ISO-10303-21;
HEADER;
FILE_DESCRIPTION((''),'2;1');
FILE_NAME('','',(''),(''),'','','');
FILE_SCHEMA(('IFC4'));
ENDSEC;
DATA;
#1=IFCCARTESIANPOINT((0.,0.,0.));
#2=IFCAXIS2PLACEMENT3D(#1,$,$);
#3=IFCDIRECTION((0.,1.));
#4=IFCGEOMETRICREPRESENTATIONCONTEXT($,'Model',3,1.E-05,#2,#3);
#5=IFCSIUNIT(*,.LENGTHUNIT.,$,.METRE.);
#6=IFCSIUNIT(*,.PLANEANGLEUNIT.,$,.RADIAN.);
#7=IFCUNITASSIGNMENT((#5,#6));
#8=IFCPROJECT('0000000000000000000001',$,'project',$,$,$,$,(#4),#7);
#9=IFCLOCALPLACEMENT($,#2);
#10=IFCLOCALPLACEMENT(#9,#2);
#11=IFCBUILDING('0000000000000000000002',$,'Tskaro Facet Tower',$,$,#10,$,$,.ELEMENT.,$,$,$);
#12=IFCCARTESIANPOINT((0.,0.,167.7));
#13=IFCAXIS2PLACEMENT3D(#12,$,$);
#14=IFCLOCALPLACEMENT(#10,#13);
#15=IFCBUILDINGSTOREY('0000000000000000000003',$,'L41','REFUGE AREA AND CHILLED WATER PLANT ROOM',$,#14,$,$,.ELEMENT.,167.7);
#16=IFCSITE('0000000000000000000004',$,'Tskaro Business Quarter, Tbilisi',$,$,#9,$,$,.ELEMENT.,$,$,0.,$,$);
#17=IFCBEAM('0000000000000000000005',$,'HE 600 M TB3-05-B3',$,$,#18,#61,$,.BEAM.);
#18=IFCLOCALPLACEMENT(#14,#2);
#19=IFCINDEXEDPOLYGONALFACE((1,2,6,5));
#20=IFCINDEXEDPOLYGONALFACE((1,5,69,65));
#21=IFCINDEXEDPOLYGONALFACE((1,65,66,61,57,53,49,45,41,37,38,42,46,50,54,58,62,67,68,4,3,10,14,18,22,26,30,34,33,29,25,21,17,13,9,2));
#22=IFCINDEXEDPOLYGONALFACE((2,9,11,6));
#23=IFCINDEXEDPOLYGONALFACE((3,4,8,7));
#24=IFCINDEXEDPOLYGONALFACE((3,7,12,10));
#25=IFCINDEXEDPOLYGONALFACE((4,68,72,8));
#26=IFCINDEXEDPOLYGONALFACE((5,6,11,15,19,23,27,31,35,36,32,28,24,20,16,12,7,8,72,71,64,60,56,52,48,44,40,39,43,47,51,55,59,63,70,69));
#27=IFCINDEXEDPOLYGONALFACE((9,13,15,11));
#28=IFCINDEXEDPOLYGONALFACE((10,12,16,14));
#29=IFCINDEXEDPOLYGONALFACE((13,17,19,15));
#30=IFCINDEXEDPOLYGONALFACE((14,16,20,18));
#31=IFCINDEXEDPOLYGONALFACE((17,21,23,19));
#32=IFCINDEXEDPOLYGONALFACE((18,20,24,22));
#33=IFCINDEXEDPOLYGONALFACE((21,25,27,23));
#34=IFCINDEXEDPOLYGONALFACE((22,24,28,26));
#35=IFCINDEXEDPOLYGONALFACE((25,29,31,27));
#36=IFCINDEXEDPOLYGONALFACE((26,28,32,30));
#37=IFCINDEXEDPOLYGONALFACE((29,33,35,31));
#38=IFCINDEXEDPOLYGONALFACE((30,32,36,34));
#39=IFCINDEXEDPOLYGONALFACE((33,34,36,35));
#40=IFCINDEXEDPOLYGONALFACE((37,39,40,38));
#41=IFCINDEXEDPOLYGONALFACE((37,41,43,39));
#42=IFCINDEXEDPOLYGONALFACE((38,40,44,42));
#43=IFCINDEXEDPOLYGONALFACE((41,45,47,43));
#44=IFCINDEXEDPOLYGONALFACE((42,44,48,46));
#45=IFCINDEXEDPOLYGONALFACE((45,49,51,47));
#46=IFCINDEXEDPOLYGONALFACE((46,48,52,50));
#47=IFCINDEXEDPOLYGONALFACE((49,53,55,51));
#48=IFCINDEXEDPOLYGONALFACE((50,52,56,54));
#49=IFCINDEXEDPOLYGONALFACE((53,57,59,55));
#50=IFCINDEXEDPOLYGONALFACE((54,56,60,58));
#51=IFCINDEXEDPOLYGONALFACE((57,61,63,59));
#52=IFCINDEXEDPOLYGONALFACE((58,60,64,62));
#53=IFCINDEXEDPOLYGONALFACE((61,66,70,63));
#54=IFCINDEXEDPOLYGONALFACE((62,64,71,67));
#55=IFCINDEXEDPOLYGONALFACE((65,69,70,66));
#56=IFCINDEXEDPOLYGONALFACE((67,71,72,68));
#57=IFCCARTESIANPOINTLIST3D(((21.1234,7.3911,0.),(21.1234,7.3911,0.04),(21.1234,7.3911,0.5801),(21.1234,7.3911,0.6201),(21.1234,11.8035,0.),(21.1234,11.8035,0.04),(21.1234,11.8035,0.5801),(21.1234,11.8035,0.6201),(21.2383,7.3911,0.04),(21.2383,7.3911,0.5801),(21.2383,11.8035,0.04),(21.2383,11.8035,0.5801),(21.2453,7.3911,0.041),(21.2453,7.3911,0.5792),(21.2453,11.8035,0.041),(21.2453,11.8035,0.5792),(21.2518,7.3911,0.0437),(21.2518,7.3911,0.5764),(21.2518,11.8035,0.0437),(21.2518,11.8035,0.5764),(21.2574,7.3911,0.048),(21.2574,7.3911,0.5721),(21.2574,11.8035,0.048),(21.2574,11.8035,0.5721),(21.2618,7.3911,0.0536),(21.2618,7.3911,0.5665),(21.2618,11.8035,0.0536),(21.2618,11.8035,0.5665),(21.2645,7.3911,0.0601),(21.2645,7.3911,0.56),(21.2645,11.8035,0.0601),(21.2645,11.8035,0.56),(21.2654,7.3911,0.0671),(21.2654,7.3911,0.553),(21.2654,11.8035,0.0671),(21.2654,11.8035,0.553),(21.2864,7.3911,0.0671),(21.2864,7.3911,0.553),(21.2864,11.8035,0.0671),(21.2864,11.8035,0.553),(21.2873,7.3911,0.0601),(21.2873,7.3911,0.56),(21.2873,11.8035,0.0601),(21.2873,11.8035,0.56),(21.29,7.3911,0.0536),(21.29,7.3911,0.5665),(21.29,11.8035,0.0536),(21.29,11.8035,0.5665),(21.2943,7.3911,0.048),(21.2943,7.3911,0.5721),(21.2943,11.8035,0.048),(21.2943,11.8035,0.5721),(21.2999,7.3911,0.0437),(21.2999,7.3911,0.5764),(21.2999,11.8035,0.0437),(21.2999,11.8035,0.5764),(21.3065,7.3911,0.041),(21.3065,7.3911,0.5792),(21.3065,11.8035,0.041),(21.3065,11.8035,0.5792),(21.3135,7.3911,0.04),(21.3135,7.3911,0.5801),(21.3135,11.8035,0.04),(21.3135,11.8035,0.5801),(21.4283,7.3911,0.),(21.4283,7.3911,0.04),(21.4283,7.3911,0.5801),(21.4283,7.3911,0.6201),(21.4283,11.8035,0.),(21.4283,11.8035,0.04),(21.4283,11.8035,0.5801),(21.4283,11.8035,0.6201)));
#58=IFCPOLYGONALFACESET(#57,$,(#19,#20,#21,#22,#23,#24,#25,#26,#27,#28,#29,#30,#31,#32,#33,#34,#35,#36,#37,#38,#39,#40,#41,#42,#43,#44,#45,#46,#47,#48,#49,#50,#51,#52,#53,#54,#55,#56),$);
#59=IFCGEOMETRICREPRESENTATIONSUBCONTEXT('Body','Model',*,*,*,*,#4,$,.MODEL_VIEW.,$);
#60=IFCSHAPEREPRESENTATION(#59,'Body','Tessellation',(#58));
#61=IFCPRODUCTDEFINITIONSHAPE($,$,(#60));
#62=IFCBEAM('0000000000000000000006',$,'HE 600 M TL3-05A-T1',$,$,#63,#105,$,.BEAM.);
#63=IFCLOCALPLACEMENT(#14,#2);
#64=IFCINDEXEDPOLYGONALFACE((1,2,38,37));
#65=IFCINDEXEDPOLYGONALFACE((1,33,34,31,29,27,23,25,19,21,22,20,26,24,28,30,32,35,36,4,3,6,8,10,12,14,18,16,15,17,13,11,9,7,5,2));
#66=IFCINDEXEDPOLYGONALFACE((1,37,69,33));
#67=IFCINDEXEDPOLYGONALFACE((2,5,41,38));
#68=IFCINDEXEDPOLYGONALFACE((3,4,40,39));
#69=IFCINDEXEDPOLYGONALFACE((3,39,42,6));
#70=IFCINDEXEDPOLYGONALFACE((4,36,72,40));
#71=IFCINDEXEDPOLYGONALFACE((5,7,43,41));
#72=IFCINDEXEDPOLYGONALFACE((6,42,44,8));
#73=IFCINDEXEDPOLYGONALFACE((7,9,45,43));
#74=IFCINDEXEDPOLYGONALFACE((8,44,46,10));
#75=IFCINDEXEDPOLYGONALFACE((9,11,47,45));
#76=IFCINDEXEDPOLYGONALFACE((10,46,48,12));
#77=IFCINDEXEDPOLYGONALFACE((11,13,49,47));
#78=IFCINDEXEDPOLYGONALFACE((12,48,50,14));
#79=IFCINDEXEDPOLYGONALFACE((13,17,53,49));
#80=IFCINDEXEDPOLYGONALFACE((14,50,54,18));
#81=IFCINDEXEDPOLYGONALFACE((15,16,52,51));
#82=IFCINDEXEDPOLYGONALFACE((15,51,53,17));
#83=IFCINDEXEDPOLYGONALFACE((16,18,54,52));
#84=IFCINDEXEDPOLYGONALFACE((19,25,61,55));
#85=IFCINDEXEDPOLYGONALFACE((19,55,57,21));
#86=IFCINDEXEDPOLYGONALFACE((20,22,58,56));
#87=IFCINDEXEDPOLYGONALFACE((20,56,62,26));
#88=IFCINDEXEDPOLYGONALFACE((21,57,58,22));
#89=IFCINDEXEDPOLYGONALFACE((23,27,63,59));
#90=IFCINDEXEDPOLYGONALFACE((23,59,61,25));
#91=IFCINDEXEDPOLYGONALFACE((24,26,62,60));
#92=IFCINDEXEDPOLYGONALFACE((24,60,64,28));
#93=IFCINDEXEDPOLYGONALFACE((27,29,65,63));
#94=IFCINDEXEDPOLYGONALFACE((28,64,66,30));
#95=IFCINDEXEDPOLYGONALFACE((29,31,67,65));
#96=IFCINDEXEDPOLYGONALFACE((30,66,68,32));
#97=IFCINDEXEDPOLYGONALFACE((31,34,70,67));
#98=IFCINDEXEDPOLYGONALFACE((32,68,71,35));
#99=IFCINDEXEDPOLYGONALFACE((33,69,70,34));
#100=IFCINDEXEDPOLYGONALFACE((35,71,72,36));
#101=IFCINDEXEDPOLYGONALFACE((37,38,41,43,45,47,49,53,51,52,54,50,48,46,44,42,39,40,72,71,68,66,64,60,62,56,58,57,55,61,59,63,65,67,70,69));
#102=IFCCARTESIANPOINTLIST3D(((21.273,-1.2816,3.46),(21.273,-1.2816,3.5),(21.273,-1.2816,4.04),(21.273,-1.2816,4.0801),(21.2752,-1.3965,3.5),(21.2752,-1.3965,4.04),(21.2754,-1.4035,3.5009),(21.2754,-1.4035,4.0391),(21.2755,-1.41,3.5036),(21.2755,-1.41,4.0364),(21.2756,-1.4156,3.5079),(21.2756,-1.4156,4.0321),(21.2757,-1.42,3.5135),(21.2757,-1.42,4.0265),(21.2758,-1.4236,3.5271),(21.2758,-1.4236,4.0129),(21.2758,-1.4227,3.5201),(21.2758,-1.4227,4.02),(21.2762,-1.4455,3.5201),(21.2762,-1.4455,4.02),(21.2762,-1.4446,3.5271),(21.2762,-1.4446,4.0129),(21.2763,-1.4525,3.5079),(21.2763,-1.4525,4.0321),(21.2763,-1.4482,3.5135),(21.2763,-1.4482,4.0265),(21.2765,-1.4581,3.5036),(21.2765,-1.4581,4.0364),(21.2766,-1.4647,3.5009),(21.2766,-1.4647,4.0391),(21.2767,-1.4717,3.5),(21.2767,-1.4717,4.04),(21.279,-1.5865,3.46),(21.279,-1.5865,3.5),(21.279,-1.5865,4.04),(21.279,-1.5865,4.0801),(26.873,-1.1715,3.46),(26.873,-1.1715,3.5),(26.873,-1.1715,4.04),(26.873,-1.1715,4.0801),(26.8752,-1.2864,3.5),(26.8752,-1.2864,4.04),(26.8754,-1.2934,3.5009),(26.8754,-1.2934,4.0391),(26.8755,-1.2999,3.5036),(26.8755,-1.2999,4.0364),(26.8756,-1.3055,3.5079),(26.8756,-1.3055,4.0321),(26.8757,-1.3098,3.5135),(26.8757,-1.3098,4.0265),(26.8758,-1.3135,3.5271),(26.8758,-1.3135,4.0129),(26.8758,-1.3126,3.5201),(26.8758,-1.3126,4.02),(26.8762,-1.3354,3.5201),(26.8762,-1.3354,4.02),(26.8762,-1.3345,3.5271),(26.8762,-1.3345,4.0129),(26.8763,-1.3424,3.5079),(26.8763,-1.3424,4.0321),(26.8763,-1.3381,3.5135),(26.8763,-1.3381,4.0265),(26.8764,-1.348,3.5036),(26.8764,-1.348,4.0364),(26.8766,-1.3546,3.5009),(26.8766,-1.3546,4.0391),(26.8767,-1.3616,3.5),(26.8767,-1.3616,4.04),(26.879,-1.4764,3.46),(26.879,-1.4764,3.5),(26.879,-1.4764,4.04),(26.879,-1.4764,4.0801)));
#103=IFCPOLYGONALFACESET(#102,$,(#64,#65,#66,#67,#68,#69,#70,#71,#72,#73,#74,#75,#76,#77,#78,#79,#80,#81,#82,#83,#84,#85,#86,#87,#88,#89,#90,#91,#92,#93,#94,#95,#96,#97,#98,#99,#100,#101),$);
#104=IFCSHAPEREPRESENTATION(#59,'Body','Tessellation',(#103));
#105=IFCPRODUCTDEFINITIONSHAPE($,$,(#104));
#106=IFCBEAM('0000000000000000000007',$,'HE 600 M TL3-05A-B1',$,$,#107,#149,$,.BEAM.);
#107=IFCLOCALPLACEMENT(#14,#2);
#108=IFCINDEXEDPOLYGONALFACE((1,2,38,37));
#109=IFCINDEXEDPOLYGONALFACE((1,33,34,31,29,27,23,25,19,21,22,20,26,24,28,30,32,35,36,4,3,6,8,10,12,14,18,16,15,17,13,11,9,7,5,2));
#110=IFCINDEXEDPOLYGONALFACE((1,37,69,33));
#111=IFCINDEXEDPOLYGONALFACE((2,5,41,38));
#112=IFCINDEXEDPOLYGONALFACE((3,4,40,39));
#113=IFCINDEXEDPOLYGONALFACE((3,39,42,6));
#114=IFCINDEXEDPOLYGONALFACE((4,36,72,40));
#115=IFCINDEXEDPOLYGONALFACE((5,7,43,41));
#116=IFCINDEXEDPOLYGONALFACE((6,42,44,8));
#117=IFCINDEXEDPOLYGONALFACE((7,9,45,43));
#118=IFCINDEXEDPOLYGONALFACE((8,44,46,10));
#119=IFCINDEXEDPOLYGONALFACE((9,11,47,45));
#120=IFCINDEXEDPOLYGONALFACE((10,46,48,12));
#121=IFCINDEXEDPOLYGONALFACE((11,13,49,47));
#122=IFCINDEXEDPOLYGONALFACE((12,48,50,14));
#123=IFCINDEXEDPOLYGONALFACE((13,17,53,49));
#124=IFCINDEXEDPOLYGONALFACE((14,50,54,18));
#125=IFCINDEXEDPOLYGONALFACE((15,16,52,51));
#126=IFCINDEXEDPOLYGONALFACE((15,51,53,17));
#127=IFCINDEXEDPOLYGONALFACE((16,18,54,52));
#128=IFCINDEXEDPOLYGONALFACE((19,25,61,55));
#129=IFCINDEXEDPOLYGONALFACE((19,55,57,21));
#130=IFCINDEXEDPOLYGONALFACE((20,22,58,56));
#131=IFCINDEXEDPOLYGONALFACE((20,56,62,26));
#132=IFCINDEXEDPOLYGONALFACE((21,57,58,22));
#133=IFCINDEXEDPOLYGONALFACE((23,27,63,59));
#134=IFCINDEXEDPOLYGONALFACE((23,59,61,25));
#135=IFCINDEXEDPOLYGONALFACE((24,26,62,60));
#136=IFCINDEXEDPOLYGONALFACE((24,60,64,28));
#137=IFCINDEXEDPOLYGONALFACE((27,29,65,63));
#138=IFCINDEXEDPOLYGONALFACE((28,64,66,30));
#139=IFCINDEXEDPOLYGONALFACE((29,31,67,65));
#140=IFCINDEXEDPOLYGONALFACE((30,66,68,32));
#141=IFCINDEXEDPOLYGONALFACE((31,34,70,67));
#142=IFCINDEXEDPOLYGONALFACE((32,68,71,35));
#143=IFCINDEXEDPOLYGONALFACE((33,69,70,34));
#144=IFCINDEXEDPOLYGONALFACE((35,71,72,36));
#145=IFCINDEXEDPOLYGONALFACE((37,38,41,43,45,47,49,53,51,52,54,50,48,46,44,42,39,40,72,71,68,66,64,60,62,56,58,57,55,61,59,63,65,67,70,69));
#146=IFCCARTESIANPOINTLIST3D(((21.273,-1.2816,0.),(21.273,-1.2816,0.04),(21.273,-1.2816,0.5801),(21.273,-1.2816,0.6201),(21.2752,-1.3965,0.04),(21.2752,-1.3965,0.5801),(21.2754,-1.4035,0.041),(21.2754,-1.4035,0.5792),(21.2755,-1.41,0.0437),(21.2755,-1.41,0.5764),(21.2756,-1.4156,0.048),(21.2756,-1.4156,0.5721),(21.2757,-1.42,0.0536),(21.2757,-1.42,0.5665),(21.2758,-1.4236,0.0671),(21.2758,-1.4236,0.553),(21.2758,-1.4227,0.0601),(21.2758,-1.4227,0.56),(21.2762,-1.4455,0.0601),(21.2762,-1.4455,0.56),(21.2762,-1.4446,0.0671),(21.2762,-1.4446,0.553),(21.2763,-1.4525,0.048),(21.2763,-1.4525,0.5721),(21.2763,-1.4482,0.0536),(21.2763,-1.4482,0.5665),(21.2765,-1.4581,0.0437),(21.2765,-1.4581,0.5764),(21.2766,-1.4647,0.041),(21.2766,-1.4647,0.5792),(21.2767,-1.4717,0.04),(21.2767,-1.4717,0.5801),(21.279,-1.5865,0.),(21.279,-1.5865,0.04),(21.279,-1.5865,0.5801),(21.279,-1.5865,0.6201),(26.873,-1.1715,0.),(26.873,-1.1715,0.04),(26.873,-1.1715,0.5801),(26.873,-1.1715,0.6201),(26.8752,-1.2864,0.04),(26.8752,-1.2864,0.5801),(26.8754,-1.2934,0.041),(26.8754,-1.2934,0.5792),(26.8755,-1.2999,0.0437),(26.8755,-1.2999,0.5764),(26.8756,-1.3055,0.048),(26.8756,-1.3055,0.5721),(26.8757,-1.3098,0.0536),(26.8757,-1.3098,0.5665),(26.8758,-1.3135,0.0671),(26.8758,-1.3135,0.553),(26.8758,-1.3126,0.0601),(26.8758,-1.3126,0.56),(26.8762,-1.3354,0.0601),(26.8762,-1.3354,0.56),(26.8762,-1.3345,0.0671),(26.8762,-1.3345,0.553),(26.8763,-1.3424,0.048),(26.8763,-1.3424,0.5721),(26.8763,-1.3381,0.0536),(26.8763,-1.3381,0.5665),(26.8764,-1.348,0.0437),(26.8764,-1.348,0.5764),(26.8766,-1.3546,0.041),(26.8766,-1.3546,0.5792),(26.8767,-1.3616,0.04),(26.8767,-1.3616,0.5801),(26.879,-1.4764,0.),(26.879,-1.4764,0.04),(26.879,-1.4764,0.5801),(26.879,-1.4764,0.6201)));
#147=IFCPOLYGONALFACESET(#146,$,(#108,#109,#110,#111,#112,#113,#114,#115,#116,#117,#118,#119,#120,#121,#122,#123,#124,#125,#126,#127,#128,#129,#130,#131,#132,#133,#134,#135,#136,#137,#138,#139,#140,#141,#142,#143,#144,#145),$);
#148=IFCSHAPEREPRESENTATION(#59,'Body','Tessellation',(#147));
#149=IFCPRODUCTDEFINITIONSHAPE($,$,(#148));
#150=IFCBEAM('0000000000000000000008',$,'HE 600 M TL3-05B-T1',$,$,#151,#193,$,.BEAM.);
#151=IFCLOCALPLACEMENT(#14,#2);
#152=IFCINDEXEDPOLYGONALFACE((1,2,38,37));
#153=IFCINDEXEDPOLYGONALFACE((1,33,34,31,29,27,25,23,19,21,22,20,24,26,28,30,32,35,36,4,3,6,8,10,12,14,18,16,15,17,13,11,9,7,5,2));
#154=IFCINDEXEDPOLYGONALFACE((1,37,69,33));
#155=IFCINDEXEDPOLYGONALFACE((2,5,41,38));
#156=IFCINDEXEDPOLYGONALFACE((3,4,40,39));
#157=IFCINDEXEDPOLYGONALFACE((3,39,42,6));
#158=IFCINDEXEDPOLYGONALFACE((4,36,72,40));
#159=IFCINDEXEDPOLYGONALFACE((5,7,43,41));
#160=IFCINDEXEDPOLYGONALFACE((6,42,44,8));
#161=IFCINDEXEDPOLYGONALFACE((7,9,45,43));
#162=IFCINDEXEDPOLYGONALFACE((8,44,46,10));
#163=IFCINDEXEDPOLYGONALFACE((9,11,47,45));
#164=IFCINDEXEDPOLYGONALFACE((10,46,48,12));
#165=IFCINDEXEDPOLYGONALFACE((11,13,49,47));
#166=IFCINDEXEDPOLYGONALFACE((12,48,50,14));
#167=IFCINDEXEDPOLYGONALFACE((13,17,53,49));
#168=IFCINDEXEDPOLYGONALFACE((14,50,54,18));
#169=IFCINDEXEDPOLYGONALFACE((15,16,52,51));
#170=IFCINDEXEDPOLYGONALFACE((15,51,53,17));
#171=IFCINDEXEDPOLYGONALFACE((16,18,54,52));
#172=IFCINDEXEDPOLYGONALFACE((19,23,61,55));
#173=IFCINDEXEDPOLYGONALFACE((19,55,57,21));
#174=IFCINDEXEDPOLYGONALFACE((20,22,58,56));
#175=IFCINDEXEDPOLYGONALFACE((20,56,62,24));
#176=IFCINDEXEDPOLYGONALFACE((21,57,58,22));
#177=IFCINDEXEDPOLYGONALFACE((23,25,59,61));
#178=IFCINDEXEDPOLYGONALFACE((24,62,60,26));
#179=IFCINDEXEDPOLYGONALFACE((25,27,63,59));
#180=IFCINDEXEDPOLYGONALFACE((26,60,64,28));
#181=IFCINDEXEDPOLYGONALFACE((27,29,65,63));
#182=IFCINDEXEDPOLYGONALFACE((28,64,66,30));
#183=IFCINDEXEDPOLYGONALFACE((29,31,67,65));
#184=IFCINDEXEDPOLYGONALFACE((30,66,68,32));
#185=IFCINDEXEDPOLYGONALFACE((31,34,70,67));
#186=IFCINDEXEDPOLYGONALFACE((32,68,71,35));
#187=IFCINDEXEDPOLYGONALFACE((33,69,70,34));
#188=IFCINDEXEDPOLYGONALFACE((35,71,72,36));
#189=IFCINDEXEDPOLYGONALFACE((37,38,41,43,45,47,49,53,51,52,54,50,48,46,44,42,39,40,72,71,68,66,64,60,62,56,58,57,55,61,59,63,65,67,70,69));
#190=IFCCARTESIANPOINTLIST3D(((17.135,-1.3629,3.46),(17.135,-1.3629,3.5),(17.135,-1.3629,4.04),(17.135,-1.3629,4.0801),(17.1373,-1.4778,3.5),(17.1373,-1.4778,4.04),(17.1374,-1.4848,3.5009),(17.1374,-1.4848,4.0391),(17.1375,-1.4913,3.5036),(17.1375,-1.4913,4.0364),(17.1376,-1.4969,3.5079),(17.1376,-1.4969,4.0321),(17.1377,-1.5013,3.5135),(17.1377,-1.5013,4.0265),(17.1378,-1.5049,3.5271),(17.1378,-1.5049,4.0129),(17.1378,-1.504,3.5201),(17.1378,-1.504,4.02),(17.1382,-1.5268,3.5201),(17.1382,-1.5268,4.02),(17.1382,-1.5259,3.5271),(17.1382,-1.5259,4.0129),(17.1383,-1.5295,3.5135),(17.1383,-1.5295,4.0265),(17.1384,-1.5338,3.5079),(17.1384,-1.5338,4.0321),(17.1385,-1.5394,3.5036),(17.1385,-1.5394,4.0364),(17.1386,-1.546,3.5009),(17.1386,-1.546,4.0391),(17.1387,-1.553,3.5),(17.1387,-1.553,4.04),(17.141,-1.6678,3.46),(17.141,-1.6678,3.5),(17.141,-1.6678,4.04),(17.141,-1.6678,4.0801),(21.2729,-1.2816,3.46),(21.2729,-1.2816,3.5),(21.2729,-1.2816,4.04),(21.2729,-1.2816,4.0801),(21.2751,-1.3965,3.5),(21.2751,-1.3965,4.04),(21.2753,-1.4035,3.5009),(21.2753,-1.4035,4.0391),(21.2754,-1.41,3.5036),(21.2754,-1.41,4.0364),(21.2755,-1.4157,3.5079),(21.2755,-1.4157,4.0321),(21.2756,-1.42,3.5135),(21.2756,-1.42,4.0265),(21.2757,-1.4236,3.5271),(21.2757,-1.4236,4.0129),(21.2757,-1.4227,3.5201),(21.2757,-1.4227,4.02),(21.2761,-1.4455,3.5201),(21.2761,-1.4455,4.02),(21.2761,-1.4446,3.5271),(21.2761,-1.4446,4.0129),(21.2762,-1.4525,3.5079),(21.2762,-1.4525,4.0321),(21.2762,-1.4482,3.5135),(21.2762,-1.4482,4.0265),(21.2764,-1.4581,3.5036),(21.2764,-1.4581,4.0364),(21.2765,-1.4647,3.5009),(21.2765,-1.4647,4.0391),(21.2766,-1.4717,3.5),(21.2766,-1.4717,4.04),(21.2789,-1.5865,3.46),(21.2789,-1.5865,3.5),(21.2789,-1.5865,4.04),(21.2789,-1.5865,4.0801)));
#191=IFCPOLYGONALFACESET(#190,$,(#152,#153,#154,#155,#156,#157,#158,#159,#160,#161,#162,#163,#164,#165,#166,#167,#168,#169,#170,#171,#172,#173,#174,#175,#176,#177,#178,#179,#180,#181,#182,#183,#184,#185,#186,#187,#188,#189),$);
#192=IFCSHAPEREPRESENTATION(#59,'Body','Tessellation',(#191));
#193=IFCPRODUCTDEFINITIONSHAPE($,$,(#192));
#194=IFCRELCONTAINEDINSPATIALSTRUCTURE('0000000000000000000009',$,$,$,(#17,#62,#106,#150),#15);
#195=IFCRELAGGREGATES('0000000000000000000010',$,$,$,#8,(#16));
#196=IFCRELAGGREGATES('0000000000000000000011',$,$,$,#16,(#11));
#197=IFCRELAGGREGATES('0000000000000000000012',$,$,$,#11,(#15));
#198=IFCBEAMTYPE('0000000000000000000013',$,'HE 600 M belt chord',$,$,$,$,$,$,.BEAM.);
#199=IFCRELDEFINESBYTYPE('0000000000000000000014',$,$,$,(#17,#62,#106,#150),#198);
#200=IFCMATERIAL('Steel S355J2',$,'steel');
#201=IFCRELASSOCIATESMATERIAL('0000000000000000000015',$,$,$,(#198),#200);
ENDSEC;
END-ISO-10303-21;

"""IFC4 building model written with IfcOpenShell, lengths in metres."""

from ifc_helpers import new_model, si_unit, direction, frame, origin, origin_2d, place, context, subcontext, project, spatial, i_section, extrude, material, material_profile, profile_set, type_object, element, save


model = new_model("IFC4")

# Units and contexts
model_context = context("Model", 3, precision=1e-05, world=origin(), true_north=direction((0.0, 1.0)))
body_context = subcontext(model_context, "Body", "Model", "MODEL_VIEW")
ifc_project = project(units=[si_unit("LENGTHUNIT", "METRE"), si_unit("PLANEANGLEUNIT", "RADIAN")], contexts=[model_context])

# Site, building, storey
site_placement = place(None, origin())
site = spatial("IfcSite", under=ifc_project, at=site_placement, Name="Tskaro Business Quarter, Tbilisi", CompositionType="ELEMENT", RefElevation=0.0)
building_placement = place(site_placement, origin())
building = spatial("IfcBuilding", under=site, at=building_placement, Name="Tskaro Facet Tower", CompositionType="ELEMENT")
storey_placement = place(building_placement, frame((0.0, 0.0, 167.7)))
storey = spatial("IfcBuildingStorey", under=building, at=storey_placement, Name="L41", Description="REFUGE AREA AND CHILLED WATER PLANT ROOM", CompositionType="ELEMENT", Elevation=167.7)

# Shared definitions
ifc_material_1 = material(Name="Steel S355J2", Category="steel")

# Beams
ifc_material_profile_1 = material_profile(ifc_material_1, i_section(OverallWidth=0.3049, OverallDepth=0.6201, WebThickness=0.021, FlangeThickness=0.04, FilletRadius=0.0271, at=origin_2d()), Name="HE 600 M")
ifc_profile_set_1 = profile_set([ifc_material_profile_1], Name="Steel S355J2")
beam_type_1 = type_object("IfcBeamType", Name="HE 600 M belt chord", PredefinedType="BEAM", material=ifc_profile_set_1)
for number, where, z_axis, x_axis, name in (
    (1, (21.2759, 7.3911, 0.3101), (0.0, 1.0, 0.0), (-1.0, 0.0, 0.0), "HE 600 M TB3-05-B3"),
):
    element("IfcBeam", number, at=place(storey_placement, frame(where, z_axis=z_axis, x_axis=x_axis)), inside=storey, type_object=beam_type_1, Name=name, PredefinedType="BEAM", context=body_context, shape_type="SweptSolid", body=[
        extrude(i_section(OverallWidth=0.3049, OverallDepth=0.6201, WebThickness=0.021, FlangeThickness=0.04, FilletRadius=0.0271, at=origin_2d()), origin(), (0.0, 0.0, 1.0), 4.4124),
    ])
for number, where, z_axis, x_axis, name in (
    (2, (26.876, -1.324, 3.77), (-0.999807, -0.019658, 0.0), (0.019658, -0.999807, 0.0), "HE 600 M TL3-05A-T1"),
    (3, (26.876, -1.324, 0.3101), (-0.999807, -0.019658, 0.0), (0.019658, -0.999807, 0.0), "HE 600 M TL3-05A-B1"),
):
    element("IfcBeam", number, at=place(storey_placement, frame(where, z_axis=z_axis, x_axis=x_axis)), inside=storey, type_object=beam_type_1, Name=name, PredefinedType="BEAM", context=body_context, shape_type="SweptSolid", body=[
        extrude(i_section(OverallWidth=0.3049, OverallDepth=0.6201, WebThickness=0.021, FlangeThickness=0.04, FilletRadius=0.0271, at=origin_2d()), origin(), (0.0, 0.0, 1.0), 5.6011),
    ])
for number, where, z_axis, x_axis, name in (
    (4, (21.2759, -1.4341, 3.77), (-0.999807, -0.019643, 0.0), (0.019643, -0.999807, 0.0), "HE 600 M TL3-05B-T1"),
):
    element("IfcBeam", number, at=place(storey_placement, frame(where, z_axis=z_axis, x_axis=x_axis)), inside=storey, type_object=beam_type_1, Name=name, PredefinedType="BEAM", context=body_context, shape_type="SweptSolid", body=[
        extrude(i_section(OverallWidth=0.3049, OverallDepth=0.6201, WebThickness=0.021, FlangeThickness=0.04, FilletRadius=0.0271, at=origin_2d()), origin(), (0.0, 0.0, 1.0), 4.1387),
    ])

save(model, "model.ifc")
